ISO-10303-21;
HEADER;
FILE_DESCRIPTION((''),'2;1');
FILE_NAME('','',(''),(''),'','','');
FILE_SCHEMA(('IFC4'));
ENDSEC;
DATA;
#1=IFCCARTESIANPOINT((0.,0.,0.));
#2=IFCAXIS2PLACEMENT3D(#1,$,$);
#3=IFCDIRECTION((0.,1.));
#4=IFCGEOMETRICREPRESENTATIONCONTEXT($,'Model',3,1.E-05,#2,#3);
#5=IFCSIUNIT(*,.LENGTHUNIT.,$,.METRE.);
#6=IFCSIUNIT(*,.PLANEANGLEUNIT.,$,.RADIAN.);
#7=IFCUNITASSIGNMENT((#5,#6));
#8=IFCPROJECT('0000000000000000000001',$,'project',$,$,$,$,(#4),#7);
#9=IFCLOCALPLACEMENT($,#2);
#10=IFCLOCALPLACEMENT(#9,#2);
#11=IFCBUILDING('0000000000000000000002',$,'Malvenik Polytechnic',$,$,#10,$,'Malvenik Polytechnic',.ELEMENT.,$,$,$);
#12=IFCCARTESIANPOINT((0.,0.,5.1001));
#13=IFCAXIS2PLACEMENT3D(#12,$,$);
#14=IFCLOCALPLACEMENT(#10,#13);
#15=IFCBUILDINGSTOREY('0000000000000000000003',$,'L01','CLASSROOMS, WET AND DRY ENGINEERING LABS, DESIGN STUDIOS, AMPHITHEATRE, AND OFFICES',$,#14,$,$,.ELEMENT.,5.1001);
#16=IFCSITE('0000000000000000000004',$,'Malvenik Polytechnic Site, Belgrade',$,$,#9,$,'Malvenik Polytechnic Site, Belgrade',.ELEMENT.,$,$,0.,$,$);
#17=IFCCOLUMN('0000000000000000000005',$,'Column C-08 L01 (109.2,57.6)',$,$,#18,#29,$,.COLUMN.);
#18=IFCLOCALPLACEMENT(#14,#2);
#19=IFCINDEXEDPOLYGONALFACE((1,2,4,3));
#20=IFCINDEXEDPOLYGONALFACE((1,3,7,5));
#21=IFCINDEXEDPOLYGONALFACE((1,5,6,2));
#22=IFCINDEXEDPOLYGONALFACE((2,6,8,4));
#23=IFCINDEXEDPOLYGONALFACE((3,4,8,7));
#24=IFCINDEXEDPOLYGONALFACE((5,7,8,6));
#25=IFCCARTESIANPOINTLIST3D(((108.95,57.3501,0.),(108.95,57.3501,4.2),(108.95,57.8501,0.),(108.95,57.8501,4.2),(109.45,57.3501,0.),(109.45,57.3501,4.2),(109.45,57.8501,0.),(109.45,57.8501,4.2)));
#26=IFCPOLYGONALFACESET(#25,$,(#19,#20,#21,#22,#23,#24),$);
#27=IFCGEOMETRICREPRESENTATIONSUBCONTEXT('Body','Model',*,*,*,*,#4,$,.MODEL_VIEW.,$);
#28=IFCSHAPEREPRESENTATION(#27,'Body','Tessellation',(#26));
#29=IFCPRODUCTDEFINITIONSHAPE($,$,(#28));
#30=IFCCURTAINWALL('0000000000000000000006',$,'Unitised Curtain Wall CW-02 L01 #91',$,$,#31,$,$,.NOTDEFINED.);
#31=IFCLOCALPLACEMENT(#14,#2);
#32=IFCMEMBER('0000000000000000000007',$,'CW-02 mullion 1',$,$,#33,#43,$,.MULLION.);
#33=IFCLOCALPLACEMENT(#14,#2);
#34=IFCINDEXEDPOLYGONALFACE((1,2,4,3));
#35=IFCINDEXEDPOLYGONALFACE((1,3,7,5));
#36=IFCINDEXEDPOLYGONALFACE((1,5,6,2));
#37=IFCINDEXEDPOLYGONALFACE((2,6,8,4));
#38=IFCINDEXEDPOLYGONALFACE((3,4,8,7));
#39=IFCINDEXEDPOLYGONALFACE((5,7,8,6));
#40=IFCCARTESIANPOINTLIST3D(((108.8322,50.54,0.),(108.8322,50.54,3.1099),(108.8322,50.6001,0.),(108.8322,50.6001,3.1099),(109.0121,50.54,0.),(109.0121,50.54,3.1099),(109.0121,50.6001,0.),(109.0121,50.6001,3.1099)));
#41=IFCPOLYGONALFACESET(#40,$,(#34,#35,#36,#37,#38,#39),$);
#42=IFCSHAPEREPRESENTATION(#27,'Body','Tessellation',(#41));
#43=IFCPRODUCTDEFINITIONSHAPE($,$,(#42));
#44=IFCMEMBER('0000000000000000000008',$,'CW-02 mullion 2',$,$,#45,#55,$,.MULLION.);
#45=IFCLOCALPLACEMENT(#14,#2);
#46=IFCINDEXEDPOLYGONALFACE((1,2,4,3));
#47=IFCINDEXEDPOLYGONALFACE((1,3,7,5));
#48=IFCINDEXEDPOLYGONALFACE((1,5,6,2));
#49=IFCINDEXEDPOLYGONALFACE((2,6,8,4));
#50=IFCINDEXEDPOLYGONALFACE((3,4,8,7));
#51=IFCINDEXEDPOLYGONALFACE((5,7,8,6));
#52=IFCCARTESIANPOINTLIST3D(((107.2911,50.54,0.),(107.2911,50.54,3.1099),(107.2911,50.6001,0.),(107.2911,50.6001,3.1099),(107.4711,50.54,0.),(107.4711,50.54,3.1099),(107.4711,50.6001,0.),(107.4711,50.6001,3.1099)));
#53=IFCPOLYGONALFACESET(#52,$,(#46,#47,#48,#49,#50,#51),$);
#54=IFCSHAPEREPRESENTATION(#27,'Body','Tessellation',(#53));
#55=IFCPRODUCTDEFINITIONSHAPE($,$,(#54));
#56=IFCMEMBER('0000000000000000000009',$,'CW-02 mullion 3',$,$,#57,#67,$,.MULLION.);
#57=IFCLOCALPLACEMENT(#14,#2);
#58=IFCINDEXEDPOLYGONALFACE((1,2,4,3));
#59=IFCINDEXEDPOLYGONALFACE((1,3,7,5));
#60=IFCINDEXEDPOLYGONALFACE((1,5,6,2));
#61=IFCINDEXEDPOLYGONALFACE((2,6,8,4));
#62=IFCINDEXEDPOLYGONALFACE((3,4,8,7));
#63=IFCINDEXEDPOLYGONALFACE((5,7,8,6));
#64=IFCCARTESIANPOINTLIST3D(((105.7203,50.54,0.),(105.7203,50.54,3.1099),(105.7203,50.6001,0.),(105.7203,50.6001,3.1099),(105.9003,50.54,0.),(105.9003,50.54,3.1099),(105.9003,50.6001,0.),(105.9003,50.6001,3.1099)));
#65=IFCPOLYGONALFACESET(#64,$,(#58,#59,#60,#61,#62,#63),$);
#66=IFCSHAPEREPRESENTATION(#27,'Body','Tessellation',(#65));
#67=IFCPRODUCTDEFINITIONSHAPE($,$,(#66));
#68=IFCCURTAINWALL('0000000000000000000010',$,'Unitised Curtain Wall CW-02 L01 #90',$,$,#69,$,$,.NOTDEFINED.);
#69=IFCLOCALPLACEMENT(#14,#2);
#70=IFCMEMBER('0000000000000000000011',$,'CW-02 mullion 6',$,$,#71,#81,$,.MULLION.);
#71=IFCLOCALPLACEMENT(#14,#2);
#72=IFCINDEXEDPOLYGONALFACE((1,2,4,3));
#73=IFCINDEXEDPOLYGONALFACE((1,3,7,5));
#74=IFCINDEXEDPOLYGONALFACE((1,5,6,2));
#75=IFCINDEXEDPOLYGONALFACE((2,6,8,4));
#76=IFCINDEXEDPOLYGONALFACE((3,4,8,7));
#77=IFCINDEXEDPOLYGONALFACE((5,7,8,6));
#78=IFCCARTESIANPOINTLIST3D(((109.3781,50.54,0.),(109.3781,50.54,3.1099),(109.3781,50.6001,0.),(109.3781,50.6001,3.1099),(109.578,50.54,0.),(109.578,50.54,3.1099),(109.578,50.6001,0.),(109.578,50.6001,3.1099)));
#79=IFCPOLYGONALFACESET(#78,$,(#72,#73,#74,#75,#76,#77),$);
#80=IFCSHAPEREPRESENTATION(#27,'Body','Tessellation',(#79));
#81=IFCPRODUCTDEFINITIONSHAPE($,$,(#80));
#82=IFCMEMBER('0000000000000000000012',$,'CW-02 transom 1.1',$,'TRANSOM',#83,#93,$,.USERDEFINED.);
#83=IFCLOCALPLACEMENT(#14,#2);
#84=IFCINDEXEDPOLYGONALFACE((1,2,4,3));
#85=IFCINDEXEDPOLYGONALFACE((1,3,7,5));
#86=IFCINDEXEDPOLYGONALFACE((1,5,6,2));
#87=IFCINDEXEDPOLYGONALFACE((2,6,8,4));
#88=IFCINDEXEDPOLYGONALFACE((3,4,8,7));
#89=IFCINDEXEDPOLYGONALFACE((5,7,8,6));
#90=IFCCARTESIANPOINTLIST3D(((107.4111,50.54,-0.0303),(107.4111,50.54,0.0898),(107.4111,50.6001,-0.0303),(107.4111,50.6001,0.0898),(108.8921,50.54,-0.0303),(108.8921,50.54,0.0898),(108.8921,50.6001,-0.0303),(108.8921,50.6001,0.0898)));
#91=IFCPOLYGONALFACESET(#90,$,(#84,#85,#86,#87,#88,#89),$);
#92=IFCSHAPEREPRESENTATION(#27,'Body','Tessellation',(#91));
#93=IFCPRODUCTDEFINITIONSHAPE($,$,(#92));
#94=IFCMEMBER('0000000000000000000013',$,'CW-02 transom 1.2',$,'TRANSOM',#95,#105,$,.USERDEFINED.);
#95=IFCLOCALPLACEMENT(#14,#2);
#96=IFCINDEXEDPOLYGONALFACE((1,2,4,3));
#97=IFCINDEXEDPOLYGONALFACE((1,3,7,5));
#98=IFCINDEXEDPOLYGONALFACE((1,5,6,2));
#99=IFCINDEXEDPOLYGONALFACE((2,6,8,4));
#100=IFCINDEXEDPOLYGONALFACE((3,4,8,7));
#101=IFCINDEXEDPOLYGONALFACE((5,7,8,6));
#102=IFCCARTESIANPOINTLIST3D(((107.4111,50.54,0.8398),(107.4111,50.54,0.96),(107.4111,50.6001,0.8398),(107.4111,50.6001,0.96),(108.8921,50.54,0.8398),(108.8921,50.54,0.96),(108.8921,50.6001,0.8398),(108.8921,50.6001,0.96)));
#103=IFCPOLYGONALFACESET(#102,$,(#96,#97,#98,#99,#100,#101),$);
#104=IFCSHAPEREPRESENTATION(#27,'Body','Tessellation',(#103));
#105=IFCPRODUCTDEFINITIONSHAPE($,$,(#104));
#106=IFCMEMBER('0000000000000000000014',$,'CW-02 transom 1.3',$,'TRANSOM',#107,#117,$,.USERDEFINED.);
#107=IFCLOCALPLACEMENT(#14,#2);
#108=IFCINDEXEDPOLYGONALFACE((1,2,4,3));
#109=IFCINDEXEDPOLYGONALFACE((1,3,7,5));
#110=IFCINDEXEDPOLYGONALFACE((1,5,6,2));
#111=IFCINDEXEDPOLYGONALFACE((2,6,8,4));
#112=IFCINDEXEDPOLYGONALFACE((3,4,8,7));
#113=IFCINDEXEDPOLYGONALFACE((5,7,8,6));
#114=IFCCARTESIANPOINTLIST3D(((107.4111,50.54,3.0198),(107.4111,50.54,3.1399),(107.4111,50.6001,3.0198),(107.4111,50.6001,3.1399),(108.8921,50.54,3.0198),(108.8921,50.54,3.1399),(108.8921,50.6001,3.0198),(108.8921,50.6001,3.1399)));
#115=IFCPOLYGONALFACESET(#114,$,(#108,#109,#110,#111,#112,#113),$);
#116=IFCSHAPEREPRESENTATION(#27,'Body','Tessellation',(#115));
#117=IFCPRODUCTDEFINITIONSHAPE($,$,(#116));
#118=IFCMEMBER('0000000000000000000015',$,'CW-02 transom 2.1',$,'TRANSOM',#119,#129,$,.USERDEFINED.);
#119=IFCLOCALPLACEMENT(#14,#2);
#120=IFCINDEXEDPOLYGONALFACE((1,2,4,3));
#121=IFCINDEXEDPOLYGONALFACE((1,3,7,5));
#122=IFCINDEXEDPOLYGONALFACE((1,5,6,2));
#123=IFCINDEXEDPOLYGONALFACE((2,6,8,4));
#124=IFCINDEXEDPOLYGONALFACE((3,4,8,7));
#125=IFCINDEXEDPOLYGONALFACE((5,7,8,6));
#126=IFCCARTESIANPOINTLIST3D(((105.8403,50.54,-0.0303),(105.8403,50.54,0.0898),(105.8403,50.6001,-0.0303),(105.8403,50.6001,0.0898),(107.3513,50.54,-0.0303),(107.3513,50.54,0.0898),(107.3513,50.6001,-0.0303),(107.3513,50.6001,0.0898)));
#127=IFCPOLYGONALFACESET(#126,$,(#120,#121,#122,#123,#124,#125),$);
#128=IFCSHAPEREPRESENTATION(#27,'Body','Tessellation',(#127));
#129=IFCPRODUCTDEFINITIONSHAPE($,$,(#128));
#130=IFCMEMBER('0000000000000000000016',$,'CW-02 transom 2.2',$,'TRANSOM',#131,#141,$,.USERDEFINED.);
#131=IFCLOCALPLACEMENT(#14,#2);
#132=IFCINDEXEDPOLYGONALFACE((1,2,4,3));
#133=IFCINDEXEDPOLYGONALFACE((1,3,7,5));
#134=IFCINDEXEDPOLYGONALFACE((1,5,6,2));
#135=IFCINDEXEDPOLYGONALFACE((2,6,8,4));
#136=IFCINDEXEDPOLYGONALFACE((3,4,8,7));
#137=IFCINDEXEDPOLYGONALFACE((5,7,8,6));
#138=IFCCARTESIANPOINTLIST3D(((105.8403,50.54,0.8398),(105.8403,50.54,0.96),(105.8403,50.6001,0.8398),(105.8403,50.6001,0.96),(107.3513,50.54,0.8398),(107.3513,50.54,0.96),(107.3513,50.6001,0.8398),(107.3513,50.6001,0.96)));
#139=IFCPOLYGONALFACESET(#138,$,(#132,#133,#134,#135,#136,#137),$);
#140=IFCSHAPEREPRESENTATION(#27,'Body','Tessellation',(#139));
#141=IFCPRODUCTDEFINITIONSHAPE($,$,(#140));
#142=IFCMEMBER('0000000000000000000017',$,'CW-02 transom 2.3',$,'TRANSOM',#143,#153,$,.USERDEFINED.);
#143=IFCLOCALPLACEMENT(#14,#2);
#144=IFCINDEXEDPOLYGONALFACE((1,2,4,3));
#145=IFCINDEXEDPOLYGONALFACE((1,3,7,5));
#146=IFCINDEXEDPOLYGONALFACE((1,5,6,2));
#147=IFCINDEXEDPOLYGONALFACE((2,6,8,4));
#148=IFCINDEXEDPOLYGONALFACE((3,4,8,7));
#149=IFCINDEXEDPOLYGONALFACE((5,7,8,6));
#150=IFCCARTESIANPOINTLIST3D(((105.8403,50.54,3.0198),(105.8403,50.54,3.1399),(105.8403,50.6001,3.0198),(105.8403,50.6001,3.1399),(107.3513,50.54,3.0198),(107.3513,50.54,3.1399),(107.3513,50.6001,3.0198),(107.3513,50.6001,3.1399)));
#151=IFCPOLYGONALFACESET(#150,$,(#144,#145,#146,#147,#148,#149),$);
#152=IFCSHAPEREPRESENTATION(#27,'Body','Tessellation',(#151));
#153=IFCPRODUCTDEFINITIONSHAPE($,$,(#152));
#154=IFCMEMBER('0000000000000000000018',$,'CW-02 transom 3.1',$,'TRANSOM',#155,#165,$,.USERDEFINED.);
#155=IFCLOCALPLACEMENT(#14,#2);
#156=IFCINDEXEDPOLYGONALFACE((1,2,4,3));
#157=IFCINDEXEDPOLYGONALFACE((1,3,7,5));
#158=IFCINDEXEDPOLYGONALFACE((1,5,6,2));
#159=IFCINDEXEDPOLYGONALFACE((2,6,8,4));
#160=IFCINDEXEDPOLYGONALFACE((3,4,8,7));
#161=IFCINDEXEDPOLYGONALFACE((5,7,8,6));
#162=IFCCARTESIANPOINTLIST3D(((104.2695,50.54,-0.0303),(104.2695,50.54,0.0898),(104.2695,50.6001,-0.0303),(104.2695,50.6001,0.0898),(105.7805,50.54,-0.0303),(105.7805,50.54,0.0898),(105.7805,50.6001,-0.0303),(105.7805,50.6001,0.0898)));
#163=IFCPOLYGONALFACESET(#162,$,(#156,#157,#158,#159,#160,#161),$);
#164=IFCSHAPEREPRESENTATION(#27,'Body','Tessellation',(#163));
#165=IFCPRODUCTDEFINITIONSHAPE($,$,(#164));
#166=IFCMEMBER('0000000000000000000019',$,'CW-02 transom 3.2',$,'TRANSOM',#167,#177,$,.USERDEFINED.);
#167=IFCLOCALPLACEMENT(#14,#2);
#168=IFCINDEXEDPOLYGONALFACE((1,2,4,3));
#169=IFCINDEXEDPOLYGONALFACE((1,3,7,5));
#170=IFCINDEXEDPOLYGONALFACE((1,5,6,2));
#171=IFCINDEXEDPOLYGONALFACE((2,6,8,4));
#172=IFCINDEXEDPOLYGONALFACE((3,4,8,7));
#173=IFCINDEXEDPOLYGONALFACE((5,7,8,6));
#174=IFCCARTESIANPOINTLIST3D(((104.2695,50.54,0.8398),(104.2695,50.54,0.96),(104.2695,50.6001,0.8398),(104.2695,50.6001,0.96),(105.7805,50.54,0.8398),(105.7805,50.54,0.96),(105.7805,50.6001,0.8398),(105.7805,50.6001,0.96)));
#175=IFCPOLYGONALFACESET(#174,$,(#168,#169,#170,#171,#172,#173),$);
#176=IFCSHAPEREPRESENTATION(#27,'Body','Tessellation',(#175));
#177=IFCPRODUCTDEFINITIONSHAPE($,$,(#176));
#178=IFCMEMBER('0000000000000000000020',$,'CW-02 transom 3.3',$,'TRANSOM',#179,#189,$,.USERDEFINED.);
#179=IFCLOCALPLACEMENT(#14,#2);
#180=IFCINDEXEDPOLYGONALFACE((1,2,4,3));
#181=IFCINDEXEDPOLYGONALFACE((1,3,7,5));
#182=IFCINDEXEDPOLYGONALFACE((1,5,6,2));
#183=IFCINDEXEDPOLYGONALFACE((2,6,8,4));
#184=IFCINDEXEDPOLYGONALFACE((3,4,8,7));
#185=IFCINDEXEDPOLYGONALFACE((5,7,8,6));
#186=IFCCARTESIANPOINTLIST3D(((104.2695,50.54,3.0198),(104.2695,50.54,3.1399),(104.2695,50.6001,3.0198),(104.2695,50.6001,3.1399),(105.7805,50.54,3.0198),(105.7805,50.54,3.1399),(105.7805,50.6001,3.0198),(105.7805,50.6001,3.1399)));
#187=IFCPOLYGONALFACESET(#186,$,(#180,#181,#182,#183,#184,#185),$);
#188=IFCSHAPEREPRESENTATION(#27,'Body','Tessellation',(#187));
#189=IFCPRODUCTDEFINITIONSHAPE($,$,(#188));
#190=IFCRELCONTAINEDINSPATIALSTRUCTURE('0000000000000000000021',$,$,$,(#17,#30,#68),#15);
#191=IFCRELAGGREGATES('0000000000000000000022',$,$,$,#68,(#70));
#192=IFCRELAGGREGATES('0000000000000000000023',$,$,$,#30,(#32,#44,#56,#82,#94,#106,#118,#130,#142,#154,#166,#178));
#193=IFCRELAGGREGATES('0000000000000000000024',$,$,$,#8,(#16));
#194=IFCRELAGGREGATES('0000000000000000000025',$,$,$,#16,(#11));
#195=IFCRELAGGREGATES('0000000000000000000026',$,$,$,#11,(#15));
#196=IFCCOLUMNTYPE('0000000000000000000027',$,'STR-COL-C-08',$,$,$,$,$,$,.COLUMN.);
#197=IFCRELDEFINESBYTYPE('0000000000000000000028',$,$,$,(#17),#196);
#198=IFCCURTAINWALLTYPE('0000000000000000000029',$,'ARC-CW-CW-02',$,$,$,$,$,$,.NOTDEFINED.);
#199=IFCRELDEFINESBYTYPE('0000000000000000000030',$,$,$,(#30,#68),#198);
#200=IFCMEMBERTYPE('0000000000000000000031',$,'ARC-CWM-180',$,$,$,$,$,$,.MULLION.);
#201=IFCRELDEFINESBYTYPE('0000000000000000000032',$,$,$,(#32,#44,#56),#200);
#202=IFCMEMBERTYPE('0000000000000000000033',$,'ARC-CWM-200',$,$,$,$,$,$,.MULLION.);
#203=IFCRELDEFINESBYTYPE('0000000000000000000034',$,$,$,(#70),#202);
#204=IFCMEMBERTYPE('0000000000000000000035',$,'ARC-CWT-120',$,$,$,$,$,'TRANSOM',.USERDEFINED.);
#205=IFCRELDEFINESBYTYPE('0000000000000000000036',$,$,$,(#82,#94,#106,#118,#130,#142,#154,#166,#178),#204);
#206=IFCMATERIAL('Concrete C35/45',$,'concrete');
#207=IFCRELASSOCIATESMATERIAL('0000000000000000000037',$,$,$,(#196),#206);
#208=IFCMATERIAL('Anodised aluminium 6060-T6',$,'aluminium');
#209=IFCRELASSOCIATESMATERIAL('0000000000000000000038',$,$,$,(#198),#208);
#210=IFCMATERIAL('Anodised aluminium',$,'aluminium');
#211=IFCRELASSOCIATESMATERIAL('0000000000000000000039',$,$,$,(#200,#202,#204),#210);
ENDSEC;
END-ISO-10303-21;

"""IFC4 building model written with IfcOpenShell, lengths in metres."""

from ifc_helpers import new_model, si_unit, direction, frame, origin, origin_2d, place, context, subcontext, project, spatial, rectangle, extrude, material, material_profile, profile_set, type_object, element, aggregate, save


model = new_model("IFC4")

# Units and contexts
model_context = context("Model", 3, precision=1e-05, world=origin(), true_north=direction((0.0, 1.0)))
body_context = subcontext(model_context, "Body", "Model", "MODEL_VIEW")
ifc_project = project(units=[si_unit("LENGTHUNIT", "METRE"), si_unit("PLANEANGLEUNIT", "RADIAN")], contexts=[model_context])

# Site, building, storey
site_placement = place(None, origin())
site = spatial("IfcSite", under=ifc_project, at=site_placement, Name="Malvenik Polytechnic Site, Belgrade", LongName="Malvenik Polytechnic Site, Belgrade", CompositionType="ELEMENT", RefElevation=0.0)
building_placement = place(site_placement, origin())
building = spatial("IfcBuilding", under=site, at=building_placement, Name="Malvenik Polytechnic", LongName="Malvenik Polytechnic", CompositionType="ELEMENT")
storey_placement = place(building_placement, frame((0.0, 0.0, 5.1001)))
storey = spatial("IfcBuildingStorey", under=building, at=storey_placement, Name="L01", Description="CLASSROOMS, WET AND DRY ENGINEERING LABS, DESIGN STUDIOS, AMPHITHEATRE, AND OFFICES", CompositionType="ELEMENT", Elevation=5.1001)

# Column
ifc_material_1 = material(Name="Concrete C35/45", Category="concrete")
ifc_material_profile_1 = material_profile(ifc_material_1, rectangle(XDim=0.5, YDim=0.5, at=origin_2d()), Name="RC COL 500x500")
ifc_profile_set_1 = profile_set([ifc_material_profile_1], Name="Concrete C35/45")
column_type = type_object("IfcColumnType", Name="STR-COL-C-08", PredefinedType="COLUMN", material=ifc_profile_set_1)
column_placement = place(storey_placement, frame((109.2, 57.6001, 0.0), z_axis=(0.0, 0.0, 1.0), x_axis=(1.0, 0.0, 0.0)))
element("IfcColumn", 1, at=column_placement, inside=storey, type_object=column_type, Name="Column C-08 L01 (109.2,57.6)", PredefinedType="COLUMN", context=body_context, shape_type="SweptSolid", body=[
    extrude(rectangle(XDim=0.5, YDim=0.5, at=origin_2d()), origin(), (0.0, 0.0, 1.0), 4.2),
])

# Curtain wall, members
ifc_material_2 = material(Name="Anodised aluminium 6060-T6", Category="aluminium")
curtain_wall_type = type_object("IfcCurtainWallType", Name="ARC-CW-CW-02", PredefinedType="NOTDEFINED", material=ifc_material_2)
curtain_wall_1_placement = place(storey_placement, origin())
curtain_wall_1 = element("IfcCurtainWall", 2, at=curtain_wall_1_placement, inside=storey, type_object=curtain_wall_type, Name="Unitised Curtain Wall CW-02 L01 #91", PredefinedType="NOTDEFINED")
ifc_material_3 = material(Name="Anodised aluminium", Category="aluminium")
ifc_material_profile_2 = material_profile(ifc_material_3, rectangle(XDim=0.0601, YDim=0.1799, at=origin_2d()), Name="ALU MULLION 60x180")
ifc_profile_set_2 = profile_set([ifc_material_profile_2], Name="Anodised aluminium")
member_type_1 = type_object("IfcMemberType", Name="ARC-CWM-180", PredefinedType="MULLION", material=ifc_profile_set_2)
member_1_placement = place(storey_placement, frame((108.9221, 50.5701, 0.0), z_axis=(0.0, 0.0, 1.0), x_axis=(0.0, -1.0, 0.0)))
member_1 = element("IfcMember", 3, at=member_1_placement, type_object=member_type_1, Name="CW-02 mullion 1", PredefinedType="MULLION", context=body_context, shape_type="SweptSolid", body=[
    extrude(rectangle(XDim=0.0601, YDim=0.1799, at=origin_2d()), origin(), (0.0, 0.0, 1.0), 3.1099),
])
member_2_placement = place(storey_placement, frame((107.3811, 50.5701, 0.0), z_axis=(0.0, 0.0, 1.0), x_axis=(0.0, -1.0, 0.0)))
member_2 = element("IfcMember", 4, at=member_2_placement, type_object=member_type_1, Name="CW-02 mullion 2", PredefinedType="MULLION", context=body_context, shape_type="SweptSolid", body=[
    extrude(rectangle(XDim=0.0601, YDim=0.1799, at=origin_2d()), origin(), (0.0, 0.0, 1.0), 3.1099),
])
member_3_placement = place(storey_placement, frame((105.8103, 50.5701, 0.0), z_axis=(0.0, 0.0, 1.0), x_axis=(0.0, -1.0, 0.0)))
member_3 = element("IfcMember", 5, at=member_3_placement, type_object=member_type_1, Name="CW-02 mullion 3", PredefinedType="MULLION", context=body_context, shape_type="SweptSolid", body=[
    extrude(rectangle(XDim=0.0601, YDim=0.1799, at=origin_2d()), origin(), (0.0, 0.0, 1.0), 3.1099),
])

# Curtain wall, member
curtain_wall_2_placement = place(storey_placement, origin())
curtain_wall_2 = element("IfcCurtainWall", 6, at=curtain_wall_2_placement, inside=storey, type_object=curtain_wall_type, Name="Unitised Curtain Wall CW-02 L01 #90", PredefinedType="NOTDEFINED")
ifc_material_profile_3 = material_profile(ifc_material_3, rectangle(XDim=0.0601, YDim=0.2, at=origin_2d()), Name="ALU MULLION 60x200")
ifc_profile_set_3 = profile_set([ifc_material_profile_3], Name="Anodised aluminium")
member_type_2 = type_object("IfcMemberType", Name="ARC-CWM-200", PredefinedType="MULLION", material=ifc_profile_set_3)
member_4_placement = place(storey_placement, frame((109.478, 50.5701, 0.0), z_axis=(0.0, 0.0, 1.0), x_axis=(0.0, -1.0, 0.0)))
member_4 = element("IfcMember", 7, at=member_4_placement, type_object=member_type_2, Name="CW-02 mullion 6", PredefinedType="MULLION", context=body_context, shape_type="SweptSolid", body=[
    extrude(rectangle(XDim=0.0601, YDim=0.2, at=origin_2d()), origin(), (0.0, 0.0, 1.0), 3.1099),
])
aggregate(curtain_wall_2, [member_4])

# Members
ifc_material_profile_4 = material_profile(ifc_material_3, rectangle(XDim=0.0601, YDim=0.1201, at=origin_2d()), Name="ALU TRANSOM 60x120")
ifc_profile_set_4 = profile_set([ifc_material_profile_4], Name="Anodised aluminium")
member_type_3 = type_object("IfcMemberType", Name="ARC-CWT-120", ElementType="TRANSOM", PredefinedType="USERDEFINED", material=ifc_profile_set_4)
member_5_placement = place(storey_placement, frame((108.8921, 50.5701, 0.0298), z_axis=(-1.0, 0.0, 0.0), x_axis=(0.0, -1.0, 0.0)))
member_5 = element("IfcMember", 8, at=member_5_placement, type_object=member_type_3, Name="CW-02 transom 1.1", ObjectType="TRANSOM", PredefinedType="USERDEFINED", context=body_context, shape_type="SweptSolid", body=[
    extrude(rectangle(XDim=0.0601, YDim=0.1201, at=origin_2d()), origin(), (0.0, 0.0, 1.0), 1.481),
])
member_6_placement = place(storey_placement, frame((108.8921, 50.5701, 0.8999), z_axis=(-1.0, 0.0, 0.0), x_axis=(0.0, -1.0, 0.0)))
member_6 = element("IfcMember", 9, at=member_6_placement, type_object=member_type_3, Name="CW-02 transom 1.2", ObjectType="TRANSOM", PredefinedType="USERDEFINED", context=body_context, shape_type="SweptSolid", body=[
    extrude(rectangle(XDim=0.0601, YDim=0.1201, at=origin_2d()), origin(), (0.0, 0.0, 1.0), 1.481),
])
member_7_placement = place(storey_placement, frame((108.8921, 50.5701, 3.0798), z_axis=(-1.0, 0.0, 0.0), x_axis=(0.0, -1.0, 0.0)))
member_7 = element("IfcMember", 10, at=member_7_placement, type_object=member_type_3, Name="CW-02 transom 1.3", ObjectType="TRANSOM", PredefinedType="USERDEFINED", context=body_context, shape_type="SweptSolid", body=[
    extrude(rectangle(XDim=0.0601, YDim=0.1201, at=origin_2d()), origin(), (0.0, 0.0, 1.0), 1.481),
])
member_8_placement = place(storey_placement, frame((107.3513, 50.5701, 0.0298), z_axis=(-1.0, 0.0, 0.0), x_axis=(0.0, -1.0, 0.0)))
member_8 = element("IfcMember", 11, at=member_8_placement, type_object=member_type_3, Name="CW-02 transom 2.1", ObjectType="TRANSOM", PredefinedType="USERDEFINED", context=body_context, shape_type="SweptSolid", body=[
    extrude(rectangle(XDim=0.0601, YDim=0.1201, at=origin_2d()), origin(), (0.0, 0.0, 1.0), 1.511),
])
member_9_placement = place(storey_placement, frame((107.3513, 50.5701, 0.8999), z_axis=(-1.0, 0.0, 0.0), x_axis=(0.0, -1.0, 0.0)))
member_9 = element("IfcMember", 12, at=member_9_placement, type_object=member_type_3, Name="CW-02 transom 2.2", ObjectType="TRANSOM", PredefinedType="USERDEFINED", context=body_context, shape_type="SweptSolid", body=[
    extrude(rectangle(XDim=0.0601, YDim=0.1201, at=origin_2d()), origin(), (0.0, 0.0, 1.0), 1.511),
])
member_10_placement = place(storey_placement, frame((107.3513, 50.5701, 3.0798), z_axis=(-1.0, 0.0, 0.0), x_axis=(0.0, -1.0, 0.0)))
member_10 = element("IfcMember", 13, at=member_10_placement, type_object=member_type_3, Name="CW-02 transom 2.3", ObjectType="TRANSOM", PredefinedType="USERDEFINED", context=body_context, shape_type="SweptSolid", body=[
    extrude(rectangle(XDim=0.0601, YDim=0.1201, at=origin_2d()), origin(), (0.0, 0.0, 1.0), 1.511),
])
member_11_placement = place(storey_placement, frame((105.7805, 50.5701, 0.0298), z_axis=(-1.0, 0.0, 0.0), x_axis=(0.0, -1.0, 0.0)))
member_11 = element("IfcMember", 14, at=member_11_placement, type_object=member_type_3, Name="CW-02 transom 3.1", ObjectType="TRANSOM", PredefinedType="USERDEFINED", context=body_context, shape_type="SweptSolid", body=[
    extrude(rectangle(XDim=0.0601, YDim=0.1201, at=origin_2d()), origin(), (0.0, 0.0, 1.0), 1.511),
])
member_12_placement = place(storey_placement, frame((105.7805, 50.5701, 0.8999), z_axis=(-1.0, 0.0, 0.0), x_axis=(0.0, -1.0, 0.0)))
member_12 = element("IfcMember", 15, at=member_12_placement, type_object=member_type_3, Name="CW-02 transom 3.2", ObjectType="TRANSOM", PredefinedType="USERDEFINED", context=body_context, shape_type="SweptSolid", body=[
    extrude(rectangle(XDim=0.0601, YDim=0.1201, at=origin_2d()), origin(), (0.0, 0.0, 1.0), 1.511),
])
member_13_placement = place(storey_placement, frame((105.7805, 50.5701, 3.0798), z_axis=(-1.0, 0.0, 0.0), x_axis=(0.0, -1.0, 0.0)))
member_13 = element("IfcMember", 16, at=member_13_placement, type_object=member_type_3, Name="CW-02 transom 3.3", ObjectType="TRANSOM", PredefinedType="USERDEFINED", context=body_context, shape_type="SweptSolid", body=[
    extrude(rectangle(XDim=0.0601, YDim=0.1201, at=origin_2d()), origin(), (0.0, 0.0, 1.0), 1.511),
])

aggregate(curtain_wall_1, [member_1, member_2, member_3, member_5, member_6, member_7, member_8, member_9, member_10, member_11, member_12, member_13])

save(model, "model.ifc")
